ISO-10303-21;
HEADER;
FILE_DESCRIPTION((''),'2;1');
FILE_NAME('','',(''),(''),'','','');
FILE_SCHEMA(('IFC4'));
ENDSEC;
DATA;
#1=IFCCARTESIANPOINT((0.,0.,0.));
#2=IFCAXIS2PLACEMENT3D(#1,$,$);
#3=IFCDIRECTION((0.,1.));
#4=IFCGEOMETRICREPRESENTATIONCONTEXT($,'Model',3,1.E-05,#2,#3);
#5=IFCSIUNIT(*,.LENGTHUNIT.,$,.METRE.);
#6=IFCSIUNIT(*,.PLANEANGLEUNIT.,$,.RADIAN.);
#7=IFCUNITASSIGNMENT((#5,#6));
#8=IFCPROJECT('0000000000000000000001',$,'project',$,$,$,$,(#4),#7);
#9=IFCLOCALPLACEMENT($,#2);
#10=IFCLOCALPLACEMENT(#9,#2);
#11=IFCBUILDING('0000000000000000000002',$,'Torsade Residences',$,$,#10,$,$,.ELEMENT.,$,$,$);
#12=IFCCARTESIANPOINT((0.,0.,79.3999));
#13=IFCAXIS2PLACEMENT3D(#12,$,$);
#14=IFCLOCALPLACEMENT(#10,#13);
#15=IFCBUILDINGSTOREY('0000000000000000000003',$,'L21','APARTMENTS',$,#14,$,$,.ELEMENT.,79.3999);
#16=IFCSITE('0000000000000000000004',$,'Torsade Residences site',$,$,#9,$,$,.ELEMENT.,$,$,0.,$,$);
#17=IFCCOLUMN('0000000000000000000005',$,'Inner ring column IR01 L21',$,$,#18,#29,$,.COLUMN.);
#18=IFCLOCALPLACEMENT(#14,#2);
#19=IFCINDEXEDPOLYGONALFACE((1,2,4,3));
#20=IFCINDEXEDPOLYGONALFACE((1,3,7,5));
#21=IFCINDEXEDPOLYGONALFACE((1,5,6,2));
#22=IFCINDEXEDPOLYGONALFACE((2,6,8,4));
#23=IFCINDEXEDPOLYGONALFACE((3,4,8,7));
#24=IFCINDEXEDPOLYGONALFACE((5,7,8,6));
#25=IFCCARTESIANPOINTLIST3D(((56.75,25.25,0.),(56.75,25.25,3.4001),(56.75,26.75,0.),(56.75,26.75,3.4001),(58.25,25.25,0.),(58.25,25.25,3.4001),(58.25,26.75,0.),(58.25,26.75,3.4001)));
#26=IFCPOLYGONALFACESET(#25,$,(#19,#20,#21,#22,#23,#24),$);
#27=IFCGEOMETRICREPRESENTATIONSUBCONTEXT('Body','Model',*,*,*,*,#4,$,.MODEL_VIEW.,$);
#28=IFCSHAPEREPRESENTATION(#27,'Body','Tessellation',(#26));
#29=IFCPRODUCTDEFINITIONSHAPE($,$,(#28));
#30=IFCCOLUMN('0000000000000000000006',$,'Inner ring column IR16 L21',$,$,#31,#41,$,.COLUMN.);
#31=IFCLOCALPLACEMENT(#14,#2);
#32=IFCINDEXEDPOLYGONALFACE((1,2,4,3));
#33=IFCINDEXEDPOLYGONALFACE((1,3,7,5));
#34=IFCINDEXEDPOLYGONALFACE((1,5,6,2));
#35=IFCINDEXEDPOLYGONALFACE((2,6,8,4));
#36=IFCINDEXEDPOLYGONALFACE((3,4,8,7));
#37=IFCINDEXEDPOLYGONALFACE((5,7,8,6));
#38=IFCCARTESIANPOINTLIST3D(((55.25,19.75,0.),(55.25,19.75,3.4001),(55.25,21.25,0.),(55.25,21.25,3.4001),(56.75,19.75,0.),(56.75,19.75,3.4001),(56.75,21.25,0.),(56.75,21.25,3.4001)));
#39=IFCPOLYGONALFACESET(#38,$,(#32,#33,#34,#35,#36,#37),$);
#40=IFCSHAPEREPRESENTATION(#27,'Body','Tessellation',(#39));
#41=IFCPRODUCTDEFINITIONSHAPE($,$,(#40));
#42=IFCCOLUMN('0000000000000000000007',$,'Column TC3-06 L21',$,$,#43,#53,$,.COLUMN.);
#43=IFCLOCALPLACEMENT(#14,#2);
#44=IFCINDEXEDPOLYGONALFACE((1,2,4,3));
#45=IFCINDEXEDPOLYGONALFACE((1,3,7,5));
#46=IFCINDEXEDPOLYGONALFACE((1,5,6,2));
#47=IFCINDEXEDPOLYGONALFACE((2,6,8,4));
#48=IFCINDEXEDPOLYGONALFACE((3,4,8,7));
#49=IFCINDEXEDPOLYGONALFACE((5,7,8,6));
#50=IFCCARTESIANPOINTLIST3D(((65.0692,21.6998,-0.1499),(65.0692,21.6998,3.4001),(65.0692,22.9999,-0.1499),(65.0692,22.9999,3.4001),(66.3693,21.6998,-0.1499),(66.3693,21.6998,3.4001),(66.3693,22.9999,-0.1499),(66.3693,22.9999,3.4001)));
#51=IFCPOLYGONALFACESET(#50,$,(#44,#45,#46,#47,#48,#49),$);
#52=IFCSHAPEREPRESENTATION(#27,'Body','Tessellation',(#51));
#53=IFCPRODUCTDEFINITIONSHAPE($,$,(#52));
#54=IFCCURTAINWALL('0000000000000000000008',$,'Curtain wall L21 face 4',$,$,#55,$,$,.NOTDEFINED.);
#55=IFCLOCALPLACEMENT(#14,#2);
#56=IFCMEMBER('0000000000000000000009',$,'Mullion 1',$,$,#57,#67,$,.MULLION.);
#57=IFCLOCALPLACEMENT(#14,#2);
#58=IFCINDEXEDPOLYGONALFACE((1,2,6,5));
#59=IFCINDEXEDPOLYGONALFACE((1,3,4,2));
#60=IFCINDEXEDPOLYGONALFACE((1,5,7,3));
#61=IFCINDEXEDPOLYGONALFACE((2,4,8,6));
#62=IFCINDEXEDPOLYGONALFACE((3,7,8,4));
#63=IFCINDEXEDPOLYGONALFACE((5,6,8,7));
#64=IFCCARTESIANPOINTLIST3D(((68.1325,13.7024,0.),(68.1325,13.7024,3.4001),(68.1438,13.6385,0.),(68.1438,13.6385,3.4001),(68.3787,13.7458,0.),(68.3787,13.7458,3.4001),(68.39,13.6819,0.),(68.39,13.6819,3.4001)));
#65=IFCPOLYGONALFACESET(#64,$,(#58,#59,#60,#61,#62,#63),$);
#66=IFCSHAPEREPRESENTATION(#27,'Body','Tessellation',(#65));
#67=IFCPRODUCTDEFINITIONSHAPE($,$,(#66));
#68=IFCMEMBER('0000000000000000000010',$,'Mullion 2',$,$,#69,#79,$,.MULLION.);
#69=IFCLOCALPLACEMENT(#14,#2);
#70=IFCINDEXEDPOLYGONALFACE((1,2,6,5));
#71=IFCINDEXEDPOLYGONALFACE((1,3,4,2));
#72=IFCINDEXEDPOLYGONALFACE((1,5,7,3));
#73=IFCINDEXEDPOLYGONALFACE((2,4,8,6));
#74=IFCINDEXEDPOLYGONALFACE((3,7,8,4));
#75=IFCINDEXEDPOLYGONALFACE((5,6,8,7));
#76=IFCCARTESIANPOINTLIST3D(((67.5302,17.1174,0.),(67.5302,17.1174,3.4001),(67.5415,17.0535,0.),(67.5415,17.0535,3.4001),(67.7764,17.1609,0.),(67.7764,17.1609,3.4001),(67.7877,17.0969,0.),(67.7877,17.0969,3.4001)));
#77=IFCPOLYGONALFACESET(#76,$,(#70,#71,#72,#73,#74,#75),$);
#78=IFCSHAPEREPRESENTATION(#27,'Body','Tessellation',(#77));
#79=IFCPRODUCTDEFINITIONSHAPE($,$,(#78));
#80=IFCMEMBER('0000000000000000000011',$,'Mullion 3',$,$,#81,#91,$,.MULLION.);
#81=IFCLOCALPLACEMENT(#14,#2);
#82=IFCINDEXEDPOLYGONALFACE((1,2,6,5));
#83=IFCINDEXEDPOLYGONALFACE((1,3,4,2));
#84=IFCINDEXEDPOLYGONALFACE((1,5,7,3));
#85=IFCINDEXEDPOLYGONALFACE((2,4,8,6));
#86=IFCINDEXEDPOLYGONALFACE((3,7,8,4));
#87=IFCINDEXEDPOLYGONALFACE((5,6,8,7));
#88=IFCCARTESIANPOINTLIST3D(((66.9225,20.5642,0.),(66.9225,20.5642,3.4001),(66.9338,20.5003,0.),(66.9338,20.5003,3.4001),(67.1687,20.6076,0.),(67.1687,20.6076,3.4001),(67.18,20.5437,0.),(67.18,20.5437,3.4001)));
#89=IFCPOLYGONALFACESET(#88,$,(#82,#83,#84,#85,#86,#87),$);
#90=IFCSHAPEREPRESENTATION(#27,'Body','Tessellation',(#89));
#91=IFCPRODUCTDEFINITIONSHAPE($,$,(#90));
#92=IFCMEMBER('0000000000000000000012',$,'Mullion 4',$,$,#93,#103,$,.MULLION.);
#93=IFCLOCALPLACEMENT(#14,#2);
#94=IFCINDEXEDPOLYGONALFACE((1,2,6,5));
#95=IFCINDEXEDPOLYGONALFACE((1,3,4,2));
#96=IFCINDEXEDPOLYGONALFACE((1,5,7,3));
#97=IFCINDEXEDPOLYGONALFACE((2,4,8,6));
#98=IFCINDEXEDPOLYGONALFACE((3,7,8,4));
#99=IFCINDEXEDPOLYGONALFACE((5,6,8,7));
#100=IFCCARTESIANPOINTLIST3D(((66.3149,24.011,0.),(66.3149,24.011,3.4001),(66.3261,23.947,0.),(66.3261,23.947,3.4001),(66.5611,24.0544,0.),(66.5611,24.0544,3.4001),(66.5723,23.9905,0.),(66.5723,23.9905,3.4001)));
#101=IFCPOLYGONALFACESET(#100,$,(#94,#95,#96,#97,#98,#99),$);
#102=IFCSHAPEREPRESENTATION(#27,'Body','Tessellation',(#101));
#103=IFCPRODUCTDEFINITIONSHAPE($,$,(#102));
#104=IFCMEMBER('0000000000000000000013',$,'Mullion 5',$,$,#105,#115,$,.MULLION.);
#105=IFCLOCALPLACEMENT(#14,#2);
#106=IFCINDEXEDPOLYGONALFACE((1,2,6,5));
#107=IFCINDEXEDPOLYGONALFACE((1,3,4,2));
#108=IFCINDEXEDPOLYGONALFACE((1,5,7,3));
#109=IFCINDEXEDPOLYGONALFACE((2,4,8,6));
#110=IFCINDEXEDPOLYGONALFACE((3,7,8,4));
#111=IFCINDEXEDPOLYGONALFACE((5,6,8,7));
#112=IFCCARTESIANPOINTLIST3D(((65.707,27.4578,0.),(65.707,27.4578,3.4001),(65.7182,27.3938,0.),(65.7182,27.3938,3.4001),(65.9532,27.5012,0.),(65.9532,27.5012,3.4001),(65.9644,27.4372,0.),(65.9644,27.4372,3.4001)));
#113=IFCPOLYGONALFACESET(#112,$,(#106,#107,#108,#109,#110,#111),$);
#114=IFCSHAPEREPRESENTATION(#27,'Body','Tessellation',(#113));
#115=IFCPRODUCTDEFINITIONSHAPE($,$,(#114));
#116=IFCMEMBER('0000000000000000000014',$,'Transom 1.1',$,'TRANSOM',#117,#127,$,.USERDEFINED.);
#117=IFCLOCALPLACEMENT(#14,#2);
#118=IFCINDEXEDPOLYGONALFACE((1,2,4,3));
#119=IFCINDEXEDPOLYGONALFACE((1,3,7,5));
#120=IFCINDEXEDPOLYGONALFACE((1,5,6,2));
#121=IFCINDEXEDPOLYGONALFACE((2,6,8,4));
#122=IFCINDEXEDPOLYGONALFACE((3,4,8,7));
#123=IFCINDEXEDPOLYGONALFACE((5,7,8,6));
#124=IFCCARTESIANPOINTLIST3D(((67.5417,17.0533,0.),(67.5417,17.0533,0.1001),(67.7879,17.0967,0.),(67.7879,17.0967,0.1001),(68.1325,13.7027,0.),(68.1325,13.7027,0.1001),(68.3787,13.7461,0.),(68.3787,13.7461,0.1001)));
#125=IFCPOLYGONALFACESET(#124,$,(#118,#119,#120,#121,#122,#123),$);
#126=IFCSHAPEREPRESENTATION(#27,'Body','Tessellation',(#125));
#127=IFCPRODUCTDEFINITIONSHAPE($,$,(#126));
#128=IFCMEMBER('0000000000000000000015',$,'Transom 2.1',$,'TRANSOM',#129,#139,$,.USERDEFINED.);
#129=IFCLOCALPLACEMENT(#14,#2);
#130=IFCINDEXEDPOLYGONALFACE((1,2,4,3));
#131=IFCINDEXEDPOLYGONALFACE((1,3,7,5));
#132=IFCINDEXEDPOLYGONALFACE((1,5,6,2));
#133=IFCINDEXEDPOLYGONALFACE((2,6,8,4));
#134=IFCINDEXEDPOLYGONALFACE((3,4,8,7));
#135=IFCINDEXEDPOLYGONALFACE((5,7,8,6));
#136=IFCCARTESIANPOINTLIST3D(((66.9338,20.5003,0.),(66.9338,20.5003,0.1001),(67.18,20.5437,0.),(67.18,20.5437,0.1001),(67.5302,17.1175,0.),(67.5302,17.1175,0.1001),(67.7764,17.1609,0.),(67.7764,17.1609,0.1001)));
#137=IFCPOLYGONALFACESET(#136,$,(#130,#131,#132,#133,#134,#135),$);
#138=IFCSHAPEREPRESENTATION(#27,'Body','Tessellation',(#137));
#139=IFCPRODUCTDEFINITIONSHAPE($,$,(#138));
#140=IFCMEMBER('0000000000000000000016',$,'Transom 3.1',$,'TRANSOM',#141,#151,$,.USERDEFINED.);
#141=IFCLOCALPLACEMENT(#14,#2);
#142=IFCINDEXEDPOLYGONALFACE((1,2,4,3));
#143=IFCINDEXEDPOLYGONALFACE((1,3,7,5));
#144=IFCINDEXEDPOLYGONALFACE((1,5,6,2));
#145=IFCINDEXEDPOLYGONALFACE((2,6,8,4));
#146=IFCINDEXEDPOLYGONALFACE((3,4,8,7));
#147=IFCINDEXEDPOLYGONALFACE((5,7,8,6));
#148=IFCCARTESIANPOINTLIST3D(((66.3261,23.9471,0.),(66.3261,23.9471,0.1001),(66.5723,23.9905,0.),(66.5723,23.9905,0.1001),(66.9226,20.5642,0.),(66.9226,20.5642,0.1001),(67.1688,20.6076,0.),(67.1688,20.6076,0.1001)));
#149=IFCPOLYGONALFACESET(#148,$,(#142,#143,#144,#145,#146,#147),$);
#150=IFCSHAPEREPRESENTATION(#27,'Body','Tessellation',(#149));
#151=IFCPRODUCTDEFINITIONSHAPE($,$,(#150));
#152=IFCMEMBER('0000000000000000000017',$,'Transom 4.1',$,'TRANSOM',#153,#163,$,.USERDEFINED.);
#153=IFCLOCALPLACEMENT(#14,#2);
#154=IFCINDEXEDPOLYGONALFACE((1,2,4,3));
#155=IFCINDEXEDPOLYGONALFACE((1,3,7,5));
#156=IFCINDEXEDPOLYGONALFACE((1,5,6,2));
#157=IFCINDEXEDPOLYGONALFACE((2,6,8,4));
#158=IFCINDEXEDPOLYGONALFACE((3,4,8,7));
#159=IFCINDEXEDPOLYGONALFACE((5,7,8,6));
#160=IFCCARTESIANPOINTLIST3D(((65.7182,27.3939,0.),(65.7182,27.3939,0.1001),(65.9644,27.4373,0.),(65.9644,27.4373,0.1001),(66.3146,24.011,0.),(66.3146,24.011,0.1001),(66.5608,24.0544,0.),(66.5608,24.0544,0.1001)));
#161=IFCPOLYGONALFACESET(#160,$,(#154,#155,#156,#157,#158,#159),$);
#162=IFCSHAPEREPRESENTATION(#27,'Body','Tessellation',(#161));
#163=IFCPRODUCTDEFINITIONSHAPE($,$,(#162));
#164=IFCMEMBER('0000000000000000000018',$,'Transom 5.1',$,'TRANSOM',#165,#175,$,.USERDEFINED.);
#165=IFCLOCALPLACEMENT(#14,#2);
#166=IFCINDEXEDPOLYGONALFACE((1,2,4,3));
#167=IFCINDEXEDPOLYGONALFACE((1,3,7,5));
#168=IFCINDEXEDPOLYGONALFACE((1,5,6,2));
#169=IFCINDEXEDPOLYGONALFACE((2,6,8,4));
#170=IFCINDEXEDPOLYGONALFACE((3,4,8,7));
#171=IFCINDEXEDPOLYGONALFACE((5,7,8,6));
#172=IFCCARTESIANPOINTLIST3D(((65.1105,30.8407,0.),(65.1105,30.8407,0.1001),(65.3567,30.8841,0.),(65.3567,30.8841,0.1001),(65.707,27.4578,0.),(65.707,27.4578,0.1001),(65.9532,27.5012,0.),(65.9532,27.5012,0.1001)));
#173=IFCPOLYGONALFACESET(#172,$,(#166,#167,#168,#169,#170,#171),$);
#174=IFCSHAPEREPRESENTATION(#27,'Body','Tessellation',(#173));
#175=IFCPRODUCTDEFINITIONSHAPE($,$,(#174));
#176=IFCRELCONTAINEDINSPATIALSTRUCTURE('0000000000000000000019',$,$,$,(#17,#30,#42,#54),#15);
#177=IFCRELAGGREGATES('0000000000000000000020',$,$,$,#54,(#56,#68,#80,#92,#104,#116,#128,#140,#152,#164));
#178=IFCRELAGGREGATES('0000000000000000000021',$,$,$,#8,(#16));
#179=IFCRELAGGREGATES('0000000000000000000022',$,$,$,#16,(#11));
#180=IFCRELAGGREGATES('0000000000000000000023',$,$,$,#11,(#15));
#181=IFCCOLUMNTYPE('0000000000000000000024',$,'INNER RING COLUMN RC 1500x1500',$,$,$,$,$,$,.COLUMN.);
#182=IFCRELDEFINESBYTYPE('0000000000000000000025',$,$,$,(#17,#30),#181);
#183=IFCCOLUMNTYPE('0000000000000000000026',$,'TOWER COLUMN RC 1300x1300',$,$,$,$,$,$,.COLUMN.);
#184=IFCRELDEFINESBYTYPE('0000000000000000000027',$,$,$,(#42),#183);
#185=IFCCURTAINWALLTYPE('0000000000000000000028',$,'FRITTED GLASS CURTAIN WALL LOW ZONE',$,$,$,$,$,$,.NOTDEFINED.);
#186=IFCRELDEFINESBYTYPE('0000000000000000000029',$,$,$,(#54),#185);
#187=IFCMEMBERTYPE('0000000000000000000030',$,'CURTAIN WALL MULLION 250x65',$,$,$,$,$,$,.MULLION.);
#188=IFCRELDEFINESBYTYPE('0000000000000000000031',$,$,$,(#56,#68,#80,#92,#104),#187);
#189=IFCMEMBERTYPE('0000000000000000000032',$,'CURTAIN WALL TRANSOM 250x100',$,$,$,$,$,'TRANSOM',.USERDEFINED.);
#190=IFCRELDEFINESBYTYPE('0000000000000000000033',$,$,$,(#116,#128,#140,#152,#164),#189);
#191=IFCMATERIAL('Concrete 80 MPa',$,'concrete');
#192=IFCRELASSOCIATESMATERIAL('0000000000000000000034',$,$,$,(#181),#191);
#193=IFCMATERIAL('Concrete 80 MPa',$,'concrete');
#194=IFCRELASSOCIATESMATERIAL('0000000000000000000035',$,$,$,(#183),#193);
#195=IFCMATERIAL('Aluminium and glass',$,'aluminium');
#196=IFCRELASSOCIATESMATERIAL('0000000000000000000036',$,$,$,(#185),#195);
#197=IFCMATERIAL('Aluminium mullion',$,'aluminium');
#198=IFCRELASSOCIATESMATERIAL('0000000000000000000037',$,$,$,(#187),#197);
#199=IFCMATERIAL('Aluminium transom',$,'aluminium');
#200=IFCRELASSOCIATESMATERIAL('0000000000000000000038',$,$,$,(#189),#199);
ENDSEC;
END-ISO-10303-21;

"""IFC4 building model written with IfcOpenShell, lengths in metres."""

from ifc_helpers import new_model, si_unit, direction, frame, origin, origin_2d, place, context, subcontext, project, spatial, rectangle, extrude, material, material_profile, profile_set, type_object, element, aggregate, save


model = new_model("IFC4")

# Units and contexts
model_context = context("Model", 3, precision=1e-05, world=origin(), true_north=direction((0.0, 1.0)))
body_context = subcontext(model_context, "Body", "Model", "MODEL_VIEW")
ifc_project = project(units=[si_unit("LENGTHUNIT", "METRE"), si_unit("PLANEANGLEUNIT", "RADIAN")], contexts=[model_context])

# Site, building, storey
site_placement = place(None, origin())
site = spatial("IfcSite", under=ifc_project, at=site_placement, Name="Torsade Residences site", CompositionType="ELEMENT", RefElevation=0.0)
building_placement = place(site_placement, origin())
building = spatial("IfcBuilding", under=site, at=building_placement, Name="Torsade Residences", CompositionType="ELEMENT")
storey_placement = place(building_placement, frame((0.0, 0.0, 79.3999)))
storey = spatial("IfcBuildingStorey", under=building, at=storey_placement, Name="L21", Description="APARTMENTS", CompositionType="ELEMENT", Elevation=79.3999)

# Columns
ifc_material_1 = material(Name="Concrete 80 MPa", Category="concrete")
ifc_material_profile_1 = material_profile(ifc_material_1, rectangle(XDim=1.5, YDim=1.5, at=origin_2d()), Name="RC 1500x1500")
ifc_profile_set_1 = profile_set([ifc_material_profile_1], Name="Concrete 80 MPa")
column_type_1 = type_object("IfcColumnType", Name="INNER RING COLUMN RC 1500x1500", PredefinedType="COLUMN", material=ifc_profile_set_1)
for number, where, z_axis, x_axis, name in (
    (1, (57.5, 26.0, 0.0), (0.0, 0.0, 1.0), (1.0, 0.0, 0.0), "Inner ring column IR01 L21"),
    (2, (56.0, 20.5, 0.0), (0.0, 0.0, 1.0), (1.0, 0.0, 0.0), "Inner ring column IR16 L21"),
):
    element("IfcColumn", number, at=place(storey_placement, frame(where, z_axis=z_axis, x_axis=x_axis)), inside=storey, type_object=column_type_1, Name=name, PredefinedType="COLUMN", context=body_context, shape_type="SweptSolid", body=[
        extrude(rectangle(XDim=1.5, YDim=1.5, at=origin_2d()), origin(), (0.0, 0.0, 1.0), 3.4001),
    ])
ifc_material_2 = material(Name="Concrete 80 MPa", Category="concrete")
ifc_material_profile_2 = material_profile(ifc_material_2, rectangle(XDim=1.3, YDim=1.3, at=origin_2d()), Name="RC 1300x1300")
ifc_profile_set_2 = profile_set([ifc_material_profile_2], Name="Concrete 80 MPa")
column_type_2 = type_object("IfcColumnType", Name="TOWER COLUMN RC 1300x1300", PredefinedType="COLUMN", material=ifc_profile_set_2)
column_placement = place(storey_placement, frame((65.7192, 22.3499, -0.1499), z_axis=(0.0, 0.0, 1.0), x_axis=(1.0, 0.0, 0.0)))
element("IfcColumn", 3, at=column_placement, inside=storey, type_object=column_type_2, Name="Column TC3-06 L21", PredefinedType="COLUMN", context=body_context, shape_type="SweptSolid", body=[
    extrude(rectangle(XDim=1.3, YDim=1.3, at=origin_2d()), origin(), (0.0, 0.0, 1.0), 3.55),
])

# Curtain wall, members
ifc_material_3 = material(Name="Aluminium and glass", Category="aluminium")
curtain_wall_type = type_object("IfcCurtainWallType", Name="FRITTED GLASS CURTAIN WALL LOW ZONE", PredefinedType="NOTDEFINED", material=ifc_material_3)
curtain_wall_placement = place(storey_placement, origin())
curtain_wall = element("IfcCurtainWall", 4, at=curtain_wall_placement, inside=storey, type_object=curtain_wall_type, Name="Curtain wall L21 face 4", PredefinedType="NOTDEFINED")
ifc_material_4 = material(Name="Aluminium mullion", Category="aluminium")
ifc_material_profile_3 = material_profile(ifc_material_4, rectangle(XDim=0.25, YDim=0.0649, at=origin_2d()), Name="CURTAIN WALL MULLION 250x65")
ifc_profile_set_3 = profile_set([ifc_material_profile_3], Name="Aluminium mullion")
member_type_1 = type_object("IfcMemberType", Name="CURTAIN WALL MULLION 250x65", PredefinedType="MULLION", material=ifc_profile_set_3)
member_1_placement = place(storey_placement, frame((68.2612, 13.6921, 0.0), z_axis=(0.0, 0.0, 1.0), x_axis=(-0.984808, -0.173648, 0.0)))
member_1 = element("IfcMember", 5, at=member_1_placement, type_object=member_type_1, Name="Mullion 1", PredefinedType="MULLION", context=body_context, shape_type="SweptSolid", body=[
    extrude(rectangle(XDim=0.25, YDim=0.0649, at=origin_2d()), origin(), (0.0, 0.0, 1.0), 3.4001),
])
member_2_placement = place(storey_placement, frame((67.6589, 17.1072, 0.0), z_axis=(0.0, 0.0, 1.0), x_axis=(-0.984808, -0.173648, 0.0)))
member_2 = element("IfcMember", 6, at=member_2_placement, type_object=member_type_1, Name="Mullion 2", PredefinedType="MULLION", context=body_context, shape_type="SweptSolid", body=[
    extrude(rectangle(XDim=0.25, YDim=0.0649, at=origin_2d()), origin(), (0.0, 0.0, 1.0), 3.4001),
])
member_3_placement = place(storey_placement, frame((67.0513, 20.554, 0.0), z_axis=(0.0, 0.0, 1.0), x_axis=(-0.984808, -0.173648, 0.0)))
member_3 = element("IfcMember", 7, at=member_3_placement, type_object=member_type_1, Name="Mullion 3", PredefinedType="MULLION", context=body_context, shape_type="SweptSolid", body=[
    extrude(rectangle(XDim=0.25, YDim=0.0649, at=origin_2d()), origin(), (0.0, 0.0, 1.0), 3.4001),
])
member_4_placement = place(storey_placement, frame((66.4436, 24.0007, 0.0), z_axis=(0.0, 0.0, 1.0), x_axis=(-0.984808, -0.173648, 0.0)))
member_4 = element("IfcMember", 8, at=member_4_placement, type_object=member_type_1, Name="Mullion 4", PredefinedType="MULLION", context=body_context, shape_type="SweptSolid", body=[
    extrude(rectangle(XDim=0.25, YDim=0.0649, at=origin_2d()), origin(), (0.0, 0.0, 1.0), 3.4001),
])
member_5_placement = place(storey_placement, frame((65.8357, 27.4475, 0.0), z_axis=(0.0, 0.0, 1.0), x_axis=(-0.984808, -0.173648, 0.0)))
member_5 = element("IfcMember", 9, at=member_5_placement, type_object=member_type_1, Name="Mullion 5", PredefinedType="MULLION", context=body_context, shape_type="SweptSolid", body=[
    extrude(rectangle(XDim=0.25, YDim=0.0649, at=origin_2d()), origin(), (0.0, 0.0, 1.0), 3.4001),
])
ifc_material_5 = material(Name="Aluminium transom", Category="aluminium")
ifc_material_profile_4 = material_profile(ifc_material_5, rectangle(XDim=0.25, YDim=0.1001, at=origin_2d()), Name="CURTAIN WALL TRANSOM 250x100")
ifc_profile_set_4 = profile_set([ifc_material_profile_4], Name="Aluminium transom")
member_type_2 = type_object("IfcMemberType", Name="CURTAIN WALL TRANSOM 250x100", ElementType="TRANSOM", PredefinedType="USERDEFINED", material=ifc_profile_set_4)
member_6_placement = place(storey_placement, frame((68.2556, 13.7244, 0.05), z_axis=(-0.173654, 0.984807, 0.0), x_axis=(-0.984807, -0.173654, 0.0)))
member_6 = element("IfcMember", 10, at=member_6_placement, type_object=member_type_2, Name="Transom 1.1", ObjectType="TRANSOM", PredefinedType="USERDEFINED", context=body_context, shape_type="SweptSolid", body=[
    extrude(rectangle(XDim=0.25, YDim=0.1001, at=origin_2d()), origin(), (0.0, 0.0, 1.0), 3.4023),
])
member_7_placement = place(storey_placement, frame((67.6533, 17.1392, 0.05), z_axis=(-0.173635, 0.98481, 0.0), x_axis=(-0.98481, -0.173635, 0.0)))
member_7 = element("IfcMember", 11, at=member_7_placement, type_object=member_type_2, Name="Transom 2.1", ObjectType="TRANSOM", PredefinedType="USERDEFINED", context=body_context, shape_type="SweptSolid", body=[
    extrude(rectangle(XDim=0.25, YDim=0.1001, at=origin_2d()), origin(), (0.0, 0.0, 1.0), 3.4351),
])
member_8_placement = place(storey_placement, frame((67.0457, 20.5859, 0.05), z_axis=(-0.173635, 0.98481, 0.0), x_axis=(-0.98481, -0.173635, 0.0)))
member_8 = element("IfcMember", 12, at=member_8_placement, type_object=member_type_2, Name="Transom 3.1", ObjectType="TRANSOM", PredefinedType="USERDEFINED", context=body_context, shape_type="SweptSolid", body=[
    extrude(rectangle(XDim=0.25, YDim=0.1001, at=origin_2d()), origin(), (0.0, 0.0, 1.0), 3.4351),
])
member_9_placement = place(storey_placement, frame((66.4377, 24.0327, 0.05), z_axis=(-0.173635, 0.98481, 0.0), x_axis=(-0.98481, -0.173635, 0.0)))
member_9 = element("IfcMember", 13, at=member_9_placement, type_object=member_type_2, Name="Transom 4.1", ObjectType="TRANSOM", PredefinedType="USERDEFINED", context=body_context, shape_type="SweptSolid", body=[
    extrude(rectangle(XDim=0.25, YDim=0.1001, at=origin_2d()), origin(), (0.0, 0.0, 1.0), 3.4351),
])
member_10_placement = place(storey_placement, frame((65.8301, 27.4795, 0.05), z_axis=(-0.173635, 0.98481, 0.0), x_axis=(-0.98481, -0.173635, 0.0)))
member_10 = element("IfcMember", 14, at=member_10_placement, type_object=member_type_2, Name="Transom 5.1", ObjectType="TRANSOM", PredefinedType="USERDEFINED", context=body_context, shape_type="SweptSolid", body=[
    extrude(rectangle(XDim=0.25, YDim=0.1001, at=origin_2d()), origin(), (0.0, 0.0, 1.0), 3.4351),
])

aggregate(curtain_wall, [member_1, member_2, member_3, member_4, member_5, member_6, member_7, member_8, member_9, member_10])

save(model, "model.ifc")
